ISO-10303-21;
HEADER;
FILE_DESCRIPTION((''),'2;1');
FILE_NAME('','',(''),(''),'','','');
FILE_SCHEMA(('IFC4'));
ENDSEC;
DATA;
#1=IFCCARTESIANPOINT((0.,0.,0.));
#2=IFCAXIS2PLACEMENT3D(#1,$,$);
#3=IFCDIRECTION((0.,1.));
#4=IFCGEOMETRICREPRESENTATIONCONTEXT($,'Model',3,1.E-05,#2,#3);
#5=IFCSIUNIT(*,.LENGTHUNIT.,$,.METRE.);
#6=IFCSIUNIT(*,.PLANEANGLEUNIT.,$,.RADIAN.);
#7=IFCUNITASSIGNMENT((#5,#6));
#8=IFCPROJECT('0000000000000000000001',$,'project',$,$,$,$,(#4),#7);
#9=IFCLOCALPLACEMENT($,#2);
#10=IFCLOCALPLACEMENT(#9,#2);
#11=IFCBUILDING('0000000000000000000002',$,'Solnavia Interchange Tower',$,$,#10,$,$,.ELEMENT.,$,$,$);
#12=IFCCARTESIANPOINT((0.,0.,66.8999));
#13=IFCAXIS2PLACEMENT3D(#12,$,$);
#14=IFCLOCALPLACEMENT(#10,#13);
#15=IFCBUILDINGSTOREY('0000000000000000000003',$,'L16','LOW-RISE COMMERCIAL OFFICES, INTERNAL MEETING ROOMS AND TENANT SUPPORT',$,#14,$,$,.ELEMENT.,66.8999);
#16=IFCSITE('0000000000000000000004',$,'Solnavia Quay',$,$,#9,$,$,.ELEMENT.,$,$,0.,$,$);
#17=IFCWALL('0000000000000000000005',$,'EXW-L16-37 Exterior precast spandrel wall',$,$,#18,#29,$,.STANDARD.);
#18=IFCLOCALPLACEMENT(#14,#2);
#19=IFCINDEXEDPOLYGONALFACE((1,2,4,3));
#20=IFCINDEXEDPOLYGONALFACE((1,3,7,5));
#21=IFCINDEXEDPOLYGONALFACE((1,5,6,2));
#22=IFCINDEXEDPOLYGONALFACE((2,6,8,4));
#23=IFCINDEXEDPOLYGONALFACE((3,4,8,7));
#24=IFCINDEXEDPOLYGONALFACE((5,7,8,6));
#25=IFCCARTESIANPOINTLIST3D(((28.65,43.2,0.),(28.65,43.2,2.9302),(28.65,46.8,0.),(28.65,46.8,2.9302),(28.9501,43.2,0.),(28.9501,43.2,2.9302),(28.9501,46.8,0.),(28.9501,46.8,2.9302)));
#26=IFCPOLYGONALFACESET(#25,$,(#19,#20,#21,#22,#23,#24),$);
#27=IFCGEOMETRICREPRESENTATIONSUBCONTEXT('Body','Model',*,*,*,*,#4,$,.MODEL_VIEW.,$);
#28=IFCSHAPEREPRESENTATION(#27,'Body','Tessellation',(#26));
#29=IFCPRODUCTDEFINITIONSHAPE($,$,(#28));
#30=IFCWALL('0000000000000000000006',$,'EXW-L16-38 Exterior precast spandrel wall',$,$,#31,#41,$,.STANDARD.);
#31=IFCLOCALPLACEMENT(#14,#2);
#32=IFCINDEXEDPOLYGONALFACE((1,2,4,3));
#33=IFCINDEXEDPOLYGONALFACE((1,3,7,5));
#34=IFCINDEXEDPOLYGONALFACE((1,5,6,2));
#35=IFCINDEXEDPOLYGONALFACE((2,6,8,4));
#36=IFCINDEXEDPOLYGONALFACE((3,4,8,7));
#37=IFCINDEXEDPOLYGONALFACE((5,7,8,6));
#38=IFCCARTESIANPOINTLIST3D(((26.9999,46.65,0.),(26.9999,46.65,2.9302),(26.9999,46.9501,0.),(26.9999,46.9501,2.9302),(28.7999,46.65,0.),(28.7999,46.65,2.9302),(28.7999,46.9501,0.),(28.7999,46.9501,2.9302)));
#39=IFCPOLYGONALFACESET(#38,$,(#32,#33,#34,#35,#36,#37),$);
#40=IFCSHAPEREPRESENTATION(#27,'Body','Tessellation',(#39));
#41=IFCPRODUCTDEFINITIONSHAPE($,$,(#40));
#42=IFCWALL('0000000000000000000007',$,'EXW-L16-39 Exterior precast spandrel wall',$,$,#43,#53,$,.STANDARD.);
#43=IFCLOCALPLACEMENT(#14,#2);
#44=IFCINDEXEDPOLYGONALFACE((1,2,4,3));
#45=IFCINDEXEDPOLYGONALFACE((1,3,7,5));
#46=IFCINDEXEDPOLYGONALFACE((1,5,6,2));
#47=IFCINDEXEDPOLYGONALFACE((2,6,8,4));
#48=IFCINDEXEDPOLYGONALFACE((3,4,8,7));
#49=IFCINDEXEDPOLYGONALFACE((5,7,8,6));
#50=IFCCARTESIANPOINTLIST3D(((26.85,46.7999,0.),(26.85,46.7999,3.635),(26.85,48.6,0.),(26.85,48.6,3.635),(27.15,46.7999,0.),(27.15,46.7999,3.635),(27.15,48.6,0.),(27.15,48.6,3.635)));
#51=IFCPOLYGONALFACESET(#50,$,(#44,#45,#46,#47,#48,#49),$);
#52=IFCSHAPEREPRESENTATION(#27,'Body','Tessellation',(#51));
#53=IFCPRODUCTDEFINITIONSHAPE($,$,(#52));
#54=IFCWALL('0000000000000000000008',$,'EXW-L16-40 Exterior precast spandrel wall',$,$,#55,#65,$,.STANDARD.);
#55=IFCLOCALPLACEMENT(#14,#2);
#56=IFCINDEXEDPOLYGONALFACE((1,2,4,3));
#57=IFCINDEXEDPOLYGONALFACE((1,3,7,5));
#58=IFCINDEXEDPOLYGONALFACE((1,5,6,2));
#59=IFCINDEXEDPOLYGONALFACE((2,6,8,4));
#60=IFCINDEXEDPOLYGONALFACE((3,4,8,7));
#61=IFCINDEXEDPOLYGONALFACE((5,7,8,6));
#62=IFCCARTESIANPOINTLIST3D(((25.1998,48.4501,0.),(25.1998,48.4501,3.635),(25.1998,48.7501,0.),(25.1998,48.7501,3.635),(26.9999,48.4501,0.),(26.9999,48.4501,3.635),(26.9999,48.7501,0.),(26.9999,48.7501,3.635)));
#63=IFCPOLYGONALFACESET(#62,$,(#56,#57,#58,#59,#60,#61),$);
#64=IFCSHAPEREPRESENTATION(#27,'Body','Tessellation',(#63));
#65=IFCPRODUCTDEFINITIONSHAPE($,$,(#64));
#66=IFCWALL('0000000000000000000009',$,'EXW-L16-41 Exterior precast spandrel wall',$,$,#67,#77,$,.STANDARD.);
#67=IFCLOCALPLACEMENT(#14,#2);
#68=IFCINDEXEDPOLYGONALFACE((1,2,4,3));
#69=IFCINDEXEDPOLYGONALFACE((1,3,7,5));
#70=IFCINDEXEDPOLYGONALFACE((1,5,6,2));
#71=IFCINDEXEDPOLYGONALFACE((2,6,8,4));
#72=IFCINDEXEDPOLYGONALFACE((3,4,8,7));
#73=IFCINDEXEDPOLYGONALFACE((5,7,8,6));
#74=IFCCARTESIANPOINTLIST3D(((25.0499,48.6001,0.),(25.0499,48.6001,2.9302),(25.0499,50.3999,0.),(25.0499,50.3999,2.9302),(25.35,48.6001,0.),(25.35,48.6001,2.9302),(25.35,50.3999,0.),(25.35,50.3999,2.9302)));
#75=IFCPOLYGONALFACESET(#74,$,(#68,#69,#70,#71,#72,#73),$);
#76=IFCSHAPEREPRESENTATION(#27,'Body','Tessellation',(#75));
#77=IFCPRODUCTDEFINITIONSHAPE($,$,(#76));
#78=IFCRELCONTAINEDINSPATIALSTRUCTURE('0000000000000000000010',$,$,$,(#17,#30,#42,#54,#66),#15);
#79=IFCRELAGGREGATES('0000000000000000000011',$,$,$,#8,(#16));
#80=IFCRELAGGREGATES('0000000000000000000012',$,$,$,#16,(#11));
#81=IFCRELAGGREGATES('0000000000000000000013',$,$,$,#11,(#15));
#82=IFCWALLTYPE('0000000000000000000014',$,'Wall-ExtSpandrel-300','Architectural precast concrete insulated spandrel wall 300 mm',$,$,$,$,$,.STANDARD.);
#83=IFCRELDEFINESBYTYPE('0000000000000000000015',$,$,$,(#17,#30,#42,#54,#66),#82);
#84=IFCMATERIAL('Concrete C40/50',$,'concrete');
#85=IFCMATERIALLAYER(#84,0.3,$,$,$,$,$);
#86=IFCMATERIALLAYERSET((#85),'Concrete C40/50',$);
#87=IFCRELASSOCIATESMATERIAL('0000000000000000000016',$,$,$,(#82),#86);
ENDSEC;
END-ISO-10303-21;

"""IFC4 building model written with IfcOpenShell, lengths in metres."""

from ifc_helpers import new_model, si_unit, direction, frame, frame_2d, origin, place, context, subcontext, project, spatial, rectangle, extrude, material, layer, layer_set, type_object, element, save


model = new_model("IFC4")

# Units and contexts
model_context = context("Model", 3, precision=1e-05, world=origin(), true_north=direction((0.0, 1.0)))
body_context = subcontext(model_context, "Body", "Model", "MODEL_VIEW")
ifc_project = project(units=[si_unit("LENGTHUNIT", "METRE"), si_unit("PLANEANGLEUNIT", "RADIAN")], contexts=[model_context])

# Site, building, storey
site_placement = place(None, origin())
site = spatial("IfcSite", under=ifc_project, at=site_placement, Name="Solnavia Quay", CompositionType="ELEMENT", RefElevation=0.0)
building_placement = place(site_placement, origin())
building = spatial("IfcBuilding", under=site, at=building_placement, Name="Solnavia Interchange Tower", CompositionType="ELEMENT")
storey_placement = place(building_placement, frame((0.0, 0.0, 66.8999)))
storey = spatial("IfcBuildingStorey", under=building, at=storey_placement, Name="L16", Description="LOW-RISE COMMERCIAL OFFICES, INTERNAL MEETING ROOMS AND TENANT SUPPORT", CompositionType="ELEMENT", Elevation=66.8999)

# Walls
ifc_material_1 = material(Name="Concrete C40/50", Category="concrete")
ifc_layer = layer(ifc_material_1, 0.3)
ifc_layer_set = layer_set([ifc_layer], Name="Concrete C40/50")
wall_type = type_object("IfcWallType", Name="Wall-ExtSpandrel-300", Description="Architectural precast concrete insulated spandrel wall 300 mm", PredefinedType="STANDARD", material=ifc_layer_set)
wall_1_placement = place(storey_placement, frame((28.8, 43.2, 0.0), z_axis=(0.0, 0.0, 1.0), x_axis=(0.0, 1.0, 0.0)))
element("IfcWall", 1, at=wall_1_placement, inside=storey, type_object=wall_type, Name="EXW-L16-37 Exterior precast spandrel wall", PredefinedType="STANDARD", context=body_context, shape_type="SweptSolid", body=[
    extrude(rectangle(XDim=3.6001, YDim=0.3, at=frame_2d((1.8, 0.0))), origin(), (0.0, 0.0, 1.0), 2.9302),
])
wall_2_placement = place(storey_placement, frame((27.0, 46.8, 0.0), z_axis=(0.0, 0.0, 1.0), x_axis=(1.0, 0.0, 0.0)))
element("IfcWall", 2, at=wall_2_placement, inside=storey, type_object=wall_type, Name="EXW-L16-38 Exterior precast spandrel wall", PredefinedType="STANDARD", context=body_context, shape_type="SweptSolid", body=[
    extrude(rectangle(XDim=1.8, YDim=0.3, at=frame_2d((0.8999, 0.0))), origin(), (0.0, 0.0, 1.0), 2.9302),
])
for number, where, z_axis, x_axis, name in (
    (3, (27.0, 46.8, 0.0), (0.0, 0.0, 1.0), (0.0, 1.0, 0.0), "EXW-L16-39 Exterior precast spandrel wall"),
    (4, (25.2, 48.6001, 0.0), (0.0, 0.0, 1.0), (1.0, 0.0, 0.0), "EXW-L16-40 Exterior precast spandrel wall"),
):
    element("IfcWall", number, at=place(storey_placement, frame(where, z_axis=z_axis, x_axis=x_axis)), inside=storey, type_object=wall_type, Name=name, PredefinedType="STANDARD", context=body_context, shape_type="SweptSolid", body=[
        extrude(rectangle(XDim=1.8, YDim=0.3, at=frame_2d((0.8999, 0.0))), origin(), (0.0, 0.0, 1.0), 3.635),
    ])
wall_3_placement = place(storey_placement, frame((25.2, 48.6001, 0.0), z_axis=(0.0, 0.0, 1.0), x_axis=(0.0, 1.0, 0.0)))
element("IfcWall", 5, at=wall_3_placement, inside=storey, type_object=wall_type, Name="EXW-L16-41 Exterior precast spandrel wall", PredefinedType="STANDARD", context=body_context, shape_type="SweptSolid", body=[
    extrude(rectangle(XDim=1.7998, YDim=0.3, at=frame_2d((0.8999, 0.0))), origin(), (0.0, 0.0, 1.0), 2.9302),
])

save(model, "model.ifc")
